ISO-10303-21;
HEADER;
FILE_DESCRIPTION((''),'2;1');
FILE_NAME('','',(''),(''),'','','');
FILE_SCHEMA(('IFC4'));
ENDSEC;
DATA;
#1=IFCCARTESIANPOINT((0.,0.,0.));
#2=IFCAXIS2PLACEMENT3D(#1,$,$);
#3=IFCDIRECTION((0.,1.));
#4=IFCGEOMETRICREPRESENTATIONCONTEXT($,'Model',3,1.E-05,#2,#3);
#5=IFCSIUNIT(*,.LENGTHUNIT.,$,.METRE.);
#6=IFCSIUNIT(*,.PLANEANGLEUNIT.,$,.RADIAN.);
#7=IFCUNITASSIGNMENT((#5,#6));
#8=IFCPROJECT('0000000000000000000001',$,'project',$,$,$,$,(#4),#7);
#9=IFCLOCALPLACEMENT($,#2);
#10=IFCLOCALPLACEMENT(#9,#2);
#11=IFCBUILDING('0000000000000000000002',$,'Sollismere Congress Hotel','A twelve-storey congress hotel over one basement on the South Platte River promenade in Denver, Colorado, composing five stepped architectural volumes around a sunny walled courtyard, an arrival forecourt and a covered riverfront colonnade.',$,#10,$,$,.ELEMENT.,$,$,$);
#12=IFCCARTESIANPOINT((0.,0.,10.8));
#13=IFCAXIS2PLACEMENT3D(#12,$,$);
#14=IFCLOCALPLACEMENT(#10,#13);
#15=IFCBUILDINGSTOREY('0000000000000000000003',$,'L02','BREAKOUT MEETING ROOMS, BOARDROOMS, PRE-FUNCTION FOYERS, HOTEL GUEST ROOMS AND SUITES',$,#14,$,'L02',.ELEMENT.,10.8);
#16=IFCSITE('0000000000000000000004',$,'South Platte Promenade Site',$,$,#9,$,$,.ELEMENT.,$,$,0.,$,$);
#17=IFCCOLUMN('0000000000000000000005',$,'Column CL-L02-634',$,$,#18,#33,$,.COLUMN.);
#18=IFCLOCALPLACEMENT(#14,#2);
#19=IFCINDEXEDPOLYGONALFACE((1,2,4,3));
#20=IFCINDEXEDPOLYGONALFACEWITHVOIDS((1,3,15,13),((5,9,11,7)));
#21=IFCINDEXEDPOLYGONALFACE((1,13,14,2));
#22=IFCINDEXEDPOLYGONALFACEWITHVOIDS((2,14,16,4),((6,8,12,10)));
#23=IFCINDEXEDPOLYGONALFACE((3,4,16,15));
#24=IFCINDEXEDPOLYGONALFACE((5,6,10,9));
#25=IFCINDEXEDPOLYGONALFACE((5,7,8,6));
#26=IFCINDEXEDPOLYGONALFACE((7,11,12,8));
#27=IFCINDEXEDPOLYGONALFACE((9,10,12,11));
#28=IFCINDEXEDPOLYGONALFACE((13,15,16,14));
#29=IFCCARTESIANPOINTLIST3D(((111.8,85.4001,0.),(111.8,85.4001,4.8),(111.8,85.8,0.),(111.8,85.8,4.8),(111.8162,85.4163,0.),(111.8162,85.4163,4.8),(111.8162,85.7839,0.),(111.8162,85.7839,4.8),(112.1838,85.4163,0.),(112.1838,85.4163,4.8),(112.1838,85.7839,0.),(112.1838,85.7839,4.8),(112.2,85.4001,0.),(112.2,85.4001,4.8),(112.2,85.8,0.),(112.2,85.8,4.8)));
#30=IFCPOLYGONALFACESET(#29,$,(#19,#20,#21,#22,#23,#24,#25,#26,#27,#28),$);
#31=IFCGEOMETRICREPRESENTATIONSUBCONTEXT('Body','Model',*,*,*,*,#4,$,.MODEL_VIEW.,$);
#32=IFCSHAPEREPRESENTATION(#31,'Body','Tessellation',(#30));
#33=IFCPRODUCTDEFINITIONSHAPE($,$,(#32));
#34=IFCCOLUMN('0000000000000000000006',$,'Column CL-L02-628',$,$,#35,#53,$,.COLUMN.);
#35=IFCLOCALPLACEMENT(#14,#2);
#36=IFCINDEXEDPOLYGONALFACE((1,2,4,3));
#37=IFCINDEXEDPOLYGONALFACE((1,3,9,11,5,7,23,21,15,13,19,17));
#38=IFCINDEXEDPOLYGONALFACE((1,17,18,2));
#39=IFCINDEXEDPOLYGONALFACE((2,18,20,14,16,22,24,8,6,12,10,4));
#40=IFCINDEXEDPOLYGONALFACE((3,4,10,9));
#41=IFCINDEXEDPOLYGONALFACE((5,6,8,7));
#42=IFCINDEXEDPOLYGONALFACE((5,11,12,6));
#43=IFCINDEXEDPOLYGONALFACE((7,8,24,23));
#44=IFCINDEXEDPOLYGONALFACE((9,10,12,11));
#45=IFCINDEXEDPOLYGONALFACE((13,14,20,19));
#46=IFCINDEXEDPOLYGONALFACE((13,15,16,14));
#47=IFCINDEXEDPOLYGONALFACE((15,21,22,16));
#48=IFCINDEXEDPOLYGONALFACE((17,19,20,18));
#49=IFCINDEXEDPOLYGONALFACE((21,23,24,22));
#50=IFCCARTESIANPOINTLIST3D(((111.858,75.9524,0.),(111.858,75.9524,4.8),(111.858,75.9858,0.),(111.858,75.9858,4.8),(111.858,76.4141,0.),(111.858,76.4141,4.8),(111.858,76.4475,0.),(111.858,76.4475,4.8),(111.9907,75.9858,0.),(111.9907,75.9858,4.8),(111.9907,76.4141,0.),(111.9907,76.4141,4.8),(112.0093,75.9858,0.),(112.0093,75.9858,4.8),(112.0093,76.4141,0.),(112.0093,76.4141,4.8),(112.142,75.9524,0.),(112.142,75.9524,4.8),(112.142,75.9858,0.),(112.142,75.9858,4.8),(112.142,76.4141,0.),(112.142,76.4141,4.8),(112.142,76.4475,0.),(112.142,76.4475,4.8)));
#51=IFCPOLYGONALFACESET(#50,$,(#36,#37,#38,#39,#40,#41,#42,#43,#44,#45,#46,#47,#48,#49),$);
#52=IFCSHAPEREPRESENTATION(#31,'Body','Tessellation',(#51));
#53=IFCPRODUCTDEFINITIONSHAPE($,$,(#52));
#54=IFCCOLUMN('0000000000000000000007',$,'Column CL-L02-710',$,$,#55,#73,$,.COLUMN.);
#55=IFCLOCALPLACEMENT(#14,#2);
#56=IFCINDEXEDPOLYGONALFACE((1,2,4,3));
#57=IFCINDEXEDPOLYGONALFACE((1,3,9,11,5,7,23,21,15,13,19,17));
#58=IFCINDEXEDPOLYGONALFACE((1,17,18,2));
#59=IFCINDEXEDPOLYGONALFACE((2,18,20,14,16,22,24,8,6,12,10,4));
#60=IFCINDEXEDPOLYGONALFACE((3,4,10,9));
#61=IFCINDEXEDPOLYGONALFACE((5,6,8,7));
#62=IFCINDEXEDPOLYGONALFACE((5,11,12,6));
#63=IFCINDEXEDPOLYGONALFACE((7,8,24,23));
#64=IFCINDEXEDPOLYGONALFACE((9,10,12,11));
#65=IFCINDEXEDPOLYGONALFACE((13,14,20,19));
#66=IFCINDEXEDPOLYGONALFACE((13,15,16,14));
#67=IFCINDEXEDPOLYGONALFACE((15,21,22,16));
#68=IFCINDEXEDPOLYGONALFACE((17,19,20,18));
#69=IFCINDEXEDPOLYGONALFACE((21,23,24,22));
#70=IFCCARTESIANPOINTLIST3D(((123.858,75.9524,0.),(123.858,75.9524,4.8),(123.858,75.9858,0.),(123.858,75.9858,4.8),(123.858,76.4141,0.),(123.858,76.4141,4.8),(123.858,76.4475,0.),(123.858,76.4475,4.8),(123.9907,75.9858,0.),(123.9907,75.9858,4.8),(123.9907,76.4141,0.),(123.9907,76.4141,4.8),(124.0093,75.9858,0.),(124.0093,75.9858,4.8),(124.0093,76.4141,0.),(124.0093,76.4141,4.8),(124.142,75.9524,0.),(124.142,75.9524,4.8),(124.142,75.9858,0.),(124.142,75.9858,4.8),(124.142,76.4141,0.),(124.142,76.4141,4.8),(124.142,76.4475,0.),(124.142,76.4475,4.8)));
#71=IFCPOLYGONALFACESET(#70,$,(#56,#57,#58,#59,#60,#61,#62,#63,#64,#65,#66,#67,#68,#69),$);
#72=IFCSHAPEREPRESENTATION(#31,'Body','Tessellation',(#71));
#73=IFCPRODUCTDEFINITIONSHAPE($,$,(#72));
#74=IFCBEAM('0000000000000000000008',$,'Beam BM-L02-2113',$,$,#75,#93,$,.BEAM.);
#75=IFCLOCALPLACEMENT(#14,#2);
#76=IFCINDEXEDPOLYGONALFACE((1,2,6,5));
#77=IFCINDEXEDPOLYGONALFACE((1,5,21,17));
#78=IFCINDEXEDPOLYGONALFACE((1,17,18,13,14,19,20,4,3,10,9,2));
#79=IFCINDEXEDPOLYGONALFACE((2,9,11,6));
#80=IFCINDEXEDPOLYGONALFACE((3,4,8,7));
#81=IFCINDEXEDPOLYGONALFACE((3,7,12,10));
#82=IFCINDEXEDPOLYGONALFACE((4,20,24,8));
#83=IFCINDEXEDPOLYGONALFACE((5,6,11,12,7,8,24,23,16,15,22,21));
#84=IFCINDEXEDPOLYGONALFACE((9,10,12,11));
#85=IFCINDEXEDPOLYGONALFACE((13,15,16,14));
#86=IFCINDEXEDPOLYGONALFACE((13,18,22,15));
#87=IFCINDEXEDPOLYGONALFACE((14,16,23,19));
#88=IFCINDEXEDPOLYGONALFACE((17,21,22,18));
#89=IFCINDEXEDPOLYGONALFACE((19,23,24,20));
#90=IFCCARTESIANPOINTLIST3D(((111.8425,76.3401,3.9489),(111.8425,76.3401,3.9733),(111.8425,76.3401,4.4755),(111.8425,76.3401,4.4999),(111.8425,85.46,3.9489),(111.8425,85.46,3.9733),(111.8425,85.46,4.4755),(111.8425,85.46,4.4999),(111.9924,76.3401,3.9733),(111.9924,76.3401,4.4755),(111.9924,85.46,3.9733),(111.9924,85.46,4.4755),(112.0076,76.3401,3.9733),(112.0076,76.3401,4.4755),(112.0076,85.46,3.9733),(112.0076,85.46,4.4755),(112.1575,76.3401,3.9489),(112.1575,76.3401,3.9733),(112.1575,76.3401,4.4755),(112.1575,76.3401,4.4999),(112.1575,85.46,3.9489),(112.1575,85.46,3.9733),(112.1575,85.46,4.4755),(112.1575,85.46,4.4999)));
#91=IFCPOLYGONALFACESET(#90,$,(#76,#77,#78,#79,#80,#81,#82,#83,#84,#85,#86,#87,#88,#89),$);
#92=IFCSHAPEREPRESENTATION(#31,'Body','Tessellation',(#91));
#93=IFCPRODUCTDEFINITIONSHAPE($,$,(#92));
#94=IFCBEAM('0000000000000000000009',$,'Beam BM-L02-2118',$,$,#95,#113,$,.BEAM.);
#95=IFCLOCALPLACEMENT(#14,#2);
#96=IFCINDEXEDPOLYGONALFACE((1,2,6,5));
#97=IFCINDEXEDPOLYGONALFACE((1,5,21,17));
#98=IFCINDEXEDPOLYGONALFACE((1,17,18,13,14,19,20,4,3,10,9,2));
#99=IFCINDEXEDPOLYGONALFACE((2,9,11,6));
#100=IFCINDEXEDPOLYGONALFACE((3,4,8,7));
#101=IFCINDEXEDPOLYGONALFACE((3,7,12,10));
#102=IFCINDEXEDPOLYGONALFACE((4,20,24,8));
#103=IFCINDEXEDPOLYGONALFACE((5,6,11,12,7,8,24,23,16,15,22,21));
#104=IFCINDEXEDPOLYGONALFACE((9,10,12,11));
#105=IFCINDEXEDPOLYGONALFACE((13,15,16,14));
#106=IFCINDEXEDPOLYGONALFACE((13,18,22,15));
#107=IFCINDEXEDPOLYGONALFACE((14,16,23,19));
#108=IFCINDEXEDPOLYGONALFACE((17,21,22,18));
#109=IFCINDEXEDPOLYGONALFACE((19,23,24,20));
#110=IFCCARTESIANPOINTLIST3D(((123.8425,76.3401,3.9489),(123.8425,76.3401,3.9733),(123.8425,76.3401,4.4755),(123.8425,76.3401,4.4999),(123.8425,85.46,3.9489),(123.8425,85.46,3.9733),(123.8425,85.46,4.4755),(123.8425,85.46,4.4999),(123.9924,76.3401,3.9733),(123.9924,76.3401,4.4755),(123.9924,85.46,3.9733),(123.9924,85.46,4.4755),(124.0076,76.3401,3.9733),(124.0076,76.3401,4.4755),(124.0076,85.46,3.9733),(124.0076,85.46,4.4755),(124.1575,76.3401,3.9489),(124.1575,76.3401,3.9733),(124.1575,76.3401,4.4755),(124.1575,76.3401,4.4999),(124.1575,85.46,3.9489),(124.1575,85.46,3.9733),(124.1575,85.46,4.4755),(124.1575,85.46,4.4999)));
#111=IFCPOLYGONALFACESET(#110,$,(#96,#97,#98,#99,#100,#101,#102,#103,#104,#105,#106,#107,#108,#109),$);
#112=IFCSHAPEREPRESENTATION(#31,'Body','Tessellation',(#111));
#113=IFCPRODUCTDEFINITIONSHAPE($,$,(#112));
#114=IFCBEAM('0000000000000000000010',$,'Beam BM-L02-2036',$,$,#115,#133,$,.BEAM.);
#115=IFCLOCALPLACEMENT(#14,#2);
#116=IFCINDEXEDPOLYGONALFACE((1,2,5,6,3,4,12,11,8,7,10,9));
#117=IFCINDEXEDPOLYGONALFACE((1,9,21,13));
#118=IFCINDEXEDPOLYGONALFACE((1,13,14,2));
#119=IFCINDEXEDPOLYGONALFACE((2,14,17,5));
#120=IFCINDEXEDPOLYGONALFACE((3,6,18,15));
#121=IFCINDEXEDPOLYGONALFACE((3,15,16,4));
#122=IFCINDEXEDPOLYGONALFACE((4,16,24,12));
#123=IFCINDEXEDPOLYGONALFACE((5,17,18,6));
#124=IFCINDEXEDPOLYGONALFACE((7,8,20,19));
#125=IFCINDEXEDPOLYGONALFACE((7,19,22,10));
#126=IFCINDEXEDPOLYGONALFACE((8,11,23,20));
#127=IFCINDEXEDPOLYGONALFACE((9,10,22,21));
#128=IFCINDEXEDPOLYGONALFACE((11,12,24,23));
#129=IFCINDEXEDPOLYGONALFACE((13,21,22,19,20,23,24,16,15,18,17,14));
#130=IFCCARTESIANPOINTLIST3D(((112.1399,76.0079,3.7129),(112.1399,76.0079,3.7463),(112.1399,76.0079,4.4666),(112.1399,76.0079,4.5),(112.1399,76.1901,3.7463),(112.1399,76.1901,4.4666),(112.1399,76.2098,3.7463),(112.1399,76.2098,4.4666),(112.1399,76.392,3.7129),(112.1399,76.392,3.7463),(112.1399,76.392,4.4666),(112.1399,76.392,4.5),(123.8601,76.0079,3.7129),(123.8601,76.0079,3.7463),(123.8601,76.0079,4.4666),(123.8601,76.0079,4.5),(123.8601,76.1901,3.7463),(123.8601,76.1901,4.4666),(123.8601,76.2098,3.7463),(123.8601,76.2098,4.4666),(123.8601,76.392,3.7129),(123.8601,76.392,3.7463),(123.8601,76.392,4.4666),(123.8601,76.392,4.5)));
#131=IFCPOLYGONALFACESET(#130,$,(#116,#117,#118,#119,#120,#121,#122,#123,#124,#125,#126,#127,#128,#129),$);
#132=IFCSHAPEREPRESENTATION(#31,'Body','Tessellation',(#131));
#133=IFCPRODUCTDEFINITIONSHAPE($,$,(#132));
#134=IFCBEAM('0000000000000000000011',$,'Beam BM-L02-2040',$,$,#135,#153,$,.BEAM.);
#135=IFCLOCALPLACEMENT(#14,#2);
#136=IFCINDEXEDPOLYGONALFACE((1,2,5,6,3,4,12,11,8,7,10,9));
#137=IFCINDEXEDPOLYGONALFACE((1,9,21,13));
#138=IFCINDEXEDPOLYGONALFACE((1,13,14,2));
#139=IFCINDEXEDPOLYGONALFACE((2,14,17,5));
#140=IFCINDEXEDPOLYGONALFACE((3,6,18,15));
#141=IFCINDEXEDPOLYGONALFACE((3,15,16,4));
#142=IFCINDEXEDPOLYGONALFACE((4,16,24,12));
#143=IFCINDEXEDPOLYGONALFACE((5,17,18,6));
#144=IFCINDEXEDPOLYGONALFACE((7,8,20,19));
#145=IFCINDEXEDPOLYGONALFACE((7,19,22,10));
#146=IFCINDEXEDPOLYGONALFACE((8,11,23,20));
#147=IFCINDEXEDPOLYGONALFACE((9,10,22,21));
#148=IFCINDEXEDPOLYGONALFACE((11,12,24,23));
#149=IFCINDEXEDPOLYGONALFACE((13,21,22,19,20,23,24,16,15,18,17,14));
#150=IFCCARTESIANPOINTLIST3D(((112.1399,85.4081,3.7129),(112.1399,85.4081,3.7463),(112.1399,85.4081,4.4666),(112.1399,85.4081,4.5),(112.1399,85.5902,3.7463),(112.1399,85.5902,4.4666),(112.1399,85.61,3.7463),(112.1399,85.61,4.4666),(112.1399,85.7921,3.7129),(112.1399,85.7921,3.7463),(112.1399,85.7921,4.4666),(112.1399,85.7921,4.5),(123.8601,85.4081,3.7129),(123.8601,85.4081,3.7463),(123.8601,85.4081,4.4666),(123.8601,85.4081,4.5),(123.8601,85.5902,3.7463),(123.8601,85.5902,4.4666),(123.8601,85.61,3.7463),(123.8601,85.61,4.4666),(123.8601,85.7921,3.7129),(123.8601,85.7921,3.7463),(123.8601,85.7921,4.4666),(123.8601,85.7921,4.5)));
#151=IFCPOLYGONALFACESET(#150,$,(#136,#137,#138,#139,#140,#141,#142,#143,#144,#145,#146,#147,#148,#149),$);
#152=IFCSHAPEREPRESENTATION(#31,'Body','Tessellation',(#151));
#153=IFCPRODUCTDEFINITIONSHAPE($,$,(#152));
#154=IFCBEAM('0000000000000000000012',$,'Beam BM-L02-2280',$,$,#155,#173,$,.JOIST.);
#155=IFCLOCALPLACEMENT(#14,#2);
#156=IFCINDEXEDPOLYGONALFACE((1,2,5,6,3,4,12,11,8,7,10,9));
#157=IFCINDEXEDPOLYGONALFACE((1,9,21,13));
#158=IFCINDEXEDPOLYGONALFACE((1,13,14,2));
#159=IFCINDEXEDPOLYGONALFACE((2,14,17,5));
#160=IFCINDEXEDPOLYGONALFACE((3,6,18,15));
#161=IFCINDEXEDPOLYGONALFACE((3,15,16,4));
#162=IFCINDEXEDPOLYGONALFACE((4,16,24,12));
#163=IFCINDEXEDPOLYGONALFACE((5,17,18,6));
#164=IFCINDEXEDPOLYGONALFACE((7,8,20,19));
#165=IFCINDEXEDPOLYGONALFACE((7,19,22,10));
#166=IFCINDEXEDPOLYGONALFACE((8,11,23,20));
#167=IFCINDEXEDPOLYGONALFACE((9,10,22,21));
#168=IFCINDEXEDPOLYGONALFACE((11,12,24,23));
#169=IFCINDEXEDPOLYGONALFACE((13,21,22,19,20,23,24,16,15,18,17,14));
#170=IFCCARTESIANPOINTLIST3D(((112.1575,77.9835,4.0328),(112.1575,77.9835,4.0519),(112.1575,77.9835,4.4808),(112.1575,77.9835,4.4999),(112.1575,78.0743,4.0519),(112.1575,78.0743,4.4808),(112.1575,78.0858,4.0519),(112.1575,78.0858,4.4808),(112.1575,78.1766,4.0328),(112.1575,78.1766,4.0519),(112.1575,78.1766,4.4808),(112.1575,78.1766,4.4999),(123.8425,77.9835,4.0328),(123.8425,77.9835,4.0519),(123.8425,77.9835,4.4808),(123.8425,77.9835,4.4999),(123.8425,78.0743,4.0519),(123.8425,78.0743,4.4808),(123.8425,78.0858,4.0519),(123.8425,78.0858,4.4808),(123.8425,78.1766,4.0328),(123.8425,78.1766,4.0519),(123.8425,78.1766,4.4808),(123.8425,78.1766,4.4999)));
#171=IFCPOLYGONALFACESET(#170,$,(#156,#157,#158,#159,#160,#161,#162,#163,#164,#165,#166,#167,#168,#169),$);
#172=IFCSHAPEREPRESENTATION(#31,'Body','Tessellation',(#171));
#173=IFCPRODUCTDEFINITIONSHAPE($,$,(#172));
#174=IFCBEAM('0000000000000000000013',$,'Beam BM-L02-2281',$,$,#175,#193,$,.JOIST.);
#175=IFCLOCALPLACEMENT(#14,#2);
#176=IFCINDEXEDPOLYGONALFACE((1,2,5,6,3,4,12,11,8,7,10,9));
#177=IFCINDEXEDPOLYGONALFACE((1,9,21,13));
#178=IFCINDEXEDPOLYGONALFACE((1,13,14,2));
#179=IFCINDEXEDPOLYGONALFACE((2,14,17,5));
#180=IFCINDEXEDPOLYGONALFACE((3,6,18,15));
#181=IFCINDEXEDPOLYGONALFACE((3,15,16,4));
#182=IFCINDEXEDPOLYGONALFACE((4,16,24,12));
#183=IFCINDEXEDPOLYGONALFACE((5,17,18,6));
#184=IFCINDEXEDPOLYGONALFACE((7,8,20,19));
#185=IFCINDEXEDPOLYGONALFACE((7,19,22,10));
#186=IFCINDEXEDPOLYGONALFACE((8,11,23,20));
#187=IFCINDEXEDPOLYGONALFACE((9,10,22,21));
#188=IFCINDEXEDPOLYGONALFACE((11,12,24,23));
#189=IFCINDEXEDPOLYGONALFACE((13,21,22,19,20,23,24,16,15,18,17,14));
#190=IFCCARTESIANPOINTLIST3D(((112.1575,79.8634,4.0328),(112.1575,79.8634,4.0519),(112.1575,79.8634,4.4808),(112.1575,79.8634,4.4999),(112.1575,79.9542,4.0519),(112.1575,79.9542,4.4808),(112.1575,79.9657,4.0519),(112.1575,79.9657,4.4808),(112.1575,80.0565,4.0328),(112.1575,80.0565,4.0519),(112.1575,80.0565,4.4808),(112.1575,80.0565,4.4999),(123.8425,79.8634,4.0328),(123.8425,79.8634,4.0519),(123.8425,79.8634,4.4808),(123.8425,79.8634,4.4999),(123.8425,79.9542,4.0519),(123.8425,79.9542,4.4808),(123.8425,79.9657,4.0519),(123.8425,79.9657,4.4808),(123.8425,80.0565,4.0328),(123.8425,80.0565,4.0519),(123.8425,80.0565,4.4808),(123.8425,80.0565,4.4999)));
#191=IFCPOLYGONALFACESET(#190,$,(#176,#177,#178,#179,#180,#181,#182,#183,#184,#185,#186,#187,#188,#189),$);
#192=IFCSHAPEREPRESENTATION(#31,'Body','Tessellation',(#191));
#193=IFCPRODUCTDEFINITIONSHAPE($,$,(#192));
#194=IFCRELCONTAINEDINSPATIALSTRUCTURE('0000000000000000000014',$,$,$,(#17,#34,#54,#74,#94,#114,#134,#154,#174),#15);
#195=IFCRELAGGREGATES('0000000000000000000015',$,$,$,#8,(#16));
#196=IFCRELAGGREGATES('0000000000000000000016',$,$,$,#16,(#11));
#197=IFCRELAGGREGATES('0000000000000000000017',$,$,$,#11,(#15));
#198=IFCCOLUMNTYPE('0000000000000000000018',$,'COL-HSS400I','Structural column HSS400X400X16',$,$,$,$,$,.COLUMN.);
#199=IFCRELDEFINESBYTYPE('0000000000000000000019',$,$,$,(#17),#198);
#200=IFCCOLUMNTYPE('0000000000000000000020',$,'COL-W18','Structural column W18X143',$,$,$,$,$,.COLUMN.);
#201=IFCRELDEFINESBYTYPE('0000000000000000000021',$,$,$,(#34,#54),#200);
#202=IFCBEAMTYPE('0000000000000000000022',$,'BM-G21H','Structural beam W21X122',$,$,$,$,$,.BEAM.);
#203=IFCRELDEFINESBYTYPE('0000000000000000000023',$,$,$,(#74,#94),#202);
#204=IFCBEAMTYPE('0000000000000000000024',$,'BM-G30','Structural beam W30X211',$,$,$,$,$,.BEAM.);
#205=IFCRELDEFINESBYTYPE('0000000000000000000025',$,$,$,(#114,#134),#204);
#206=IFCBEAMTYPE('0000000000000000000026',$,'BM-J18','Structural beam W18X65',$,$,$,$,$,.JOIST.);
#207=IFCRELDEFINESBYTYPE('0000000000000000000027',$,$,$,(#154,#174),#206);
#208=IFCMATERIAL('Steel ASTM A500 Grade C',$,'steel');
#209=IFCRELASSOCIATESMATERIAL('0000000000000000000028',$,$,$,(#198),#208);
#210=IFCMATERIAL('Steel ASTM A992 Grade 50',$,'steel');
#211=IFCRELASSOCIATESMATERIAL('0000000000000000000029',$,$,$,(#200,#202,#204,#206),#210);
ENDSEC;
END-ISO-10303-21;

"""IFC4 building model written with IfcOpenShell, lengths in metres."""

from ifc_helpers import new_model, si_unit, direction, frame, origin, origin_2d, place, context, subcontext, project, spatial, hollow_rectangle, i_section, extrude, material, material_profile, profile_set, type_object, element, save


model = new_model("IFC4")

# Units and contexts
model_context = context("Model", 3, precision=1e-05, world=origin(), true_north=direction((0.0, 1.0)))
body_context = subcontext(model_context, "Body", "Model", "MODEL_VIEW")
ifc_project = project(units=[si_unit("LENGTHUNIT", "METRE"), si_unit("PLANEANGLEUNIT", "RADIAN")], contexts=[model_context])

# Site, building, storey
site_placement = place(None, origin())
site = spatial("IfcSite", under=ifc_project, at=site_placement, Name="South Platte Promenade Site", CompositionType="ELEMENT", RefElevation=0.0)
building_placement = place(site_placement, origin())
building = spatial("IfcBuilding", under=site, at=building_placement, Name="Sollismere Congress Hotel", Description="A twelve-storey congress hotel over one basement on the South Platte River promenade in Denver, Colorado, composing five stepped architectural volumes around a sunny walled courtyard, an arrival forecourt and a covered riverfront colonnade.", CompositionType="ELEMENT")
storey_placement = place(building_placement, frame((0.0, 0.0, 10.8)))
storey = spatial("IfcBuildingStorey", under=building, at=storey_placement, Name="L02", Description="BREAKOUT MEETING ROOMS, BOARDROOMS, PRE-FUNCTION FOYERS, HOTEL GUEST ROOMS AND SUITES", LongName="L02", CompositionType="ELEMENT", Elevation=10.8)

# Columns
ifc_material_1 = material(Name="Steel ASTM A500 Grade C", Category="steel")
ifc_material_profile_1 = material_profile(ifc_material_1, hollow_rectangle(XDim=0.3999, YDim=0.3999, WallThickness=0.0161, at=origin_2d()), Name="HSS400X400X16")
ifc_profile_set_1 = profile_set([ifc_material_profile_1], Name="Steel ASTM A500 Grade C")
column_type_1 = type_object("IfcColumnType", Name="COL-HSS400I", Description="Structural column HSS400X400X16", PredefinedType="COLUMN", material=ifc_profile_set_1)
column_placement = place(storey_placement, frame((112.0, 85.6001, 0.0), z_axis=(0.0, 0.0, 1.0), x_axis=(1.0, 0.0, 0.0)))
element("IfcColumn", 1, at=column_placement, inside=storey, type_object=column_type_1, Name="Column CL-L02-634", PredefinedType="COLUMN", context=body_context, shape_type="SweptSolid", body=[
    extrude(hollow_rectangle(XDim=0.3999, YDim=0.3999, WallThickness=0.0161, at=origin_2d()), origin(), (0.0, 0.0, 1.0), 4.8),
])
ifc_material_2 = material(Name="Steel ASTM A992 Grade 50", Category="steel")
ifc_material_profile_2 = material_profile(ifc_material_2, i_section(OverallWidth=0.2839, OverallDepth=0.4951, WebThickness=0.0186, FlangeThickness=0.0334, at=origin_2d()), Name="W18X143")
ifc_profile_set_2 = profile_set([ifc_material_profile_2], Name="Steel ASTM A992 Grade 50")
column_type_2 = type_object("IfcColumnType", Name="COL-W18", Description="Structural column W18X143", PredefinedType="COLUMN", material=ifc_profile_set_2)
for number, where, z_axis, x_axis, name in (
    (2, (112.0, 76.2, 0.0), (0.0, 0.0, 1.0), (1.0, 0.0, 0.0), "Column CL-L02-628"),
    (3, (124.0, 76.2, 0.0), (0.0, 0.0, 1.0), (1.0, 0.0, 0.0), "Column CL-L02-710"),
):
    element("IfcColumn", number, at=place(storey_placement, frame(where, z_axis=z_axis, x_axis=x_axis)), inside=storey, type_object=column_type_2, Name=name, PredefinedType="COLUMN", context=body_context, shape_type="SweptSolid", body=[
        extrude(i_section(OverallWidth=0.2839, OverallDepth=0.4951, WebThickness=0.0186, FlangeThickness=0.0334, at=origin_2d()), origin(), (0.0, 0.0, 1.0), 4.8),
    ])

# Beams
ifc_material_profile_3 = material_profile(ifc_material_2, i_section(OverallWidth=0.3149, OverallDepth=0.551, WebThickness=0.0151, FlangeThickness=0.0244, at=origin_2d()), Name="W21X122")
ifc_profile_set_3 = profile_set([ifc_material_profile_3], Name="Steel ASTM A992 Grade 50")
beam_type_1 = type_object("IfcBeamType", Name="BM-G21H", Description="Structural beam W21X122", PredefinedType="BEAM", material=ifc_profile_set_3)
for number, where, z_axis, x_axis, name in (
    (4, (112.0, 76.3401, 4.2244), (0.0, 1.0, 0.0), (-1.0, 0.0, 0.0), "Beam BM-L02-2113"),
    (5, (124.0, 76.3401, 4.2244), (0.0, 1.0, 0.0), (-1.0, 0.0, 0.0), "Beam BM-L02-2118"),
):
    element("IfcBeam", number, at=place(storey_placement, frame(where, z_axis=z_axis, x_axis=x_axis)), inside=storey, type_object=beam_type_1, Name=name, PredefinedType="BEAM", context=body_context, shape_type="SweptSolid", body=[
        extrude(i_section(OverallWidth=0.3149, OverallDepth=0.551, WebThickness=0.0151, FlangeThickness=0.0244, at=origin_2d()), origin(), (0.0, 0.0, 1.0), 9.1199),
    ])
ifc_material_profile_4 = material_profile(ifc_material_2, i_section(OverallWidth=0.384, OverallDepth=0.7871, WebThickness=0.0198, FlangeThickness=0.0334, at=origin_2d()), Name="W30X211")
ifc_profile_set_4 = profile_set([ifc_material_profile_4], Name="Steel ASTM A992 Grade 50")
beam_type_2 = type_object("IfcBeamType", Name="BM-G30", Description="Structural beam W30X211", PredefinedType="BEAM", material=ifc_profile_set_4)
for number, where, z_axis, x_axis, name in (
    (6, (112.1399, 76.2, 4.1064), (1.0, 0.0, 0.0), (0.0, 1.0, 0.0), "Beam BM-L02-2036"),
    (7, (112.1399, 85.6001, 4.1064), (1.0, 0.0, 0.0), (0.0, 1.0, 0.0), "Beam BM-L02-2040"),
):
    element("IfcBeam", number, at=place(storey_placement, frame(where, z_axis=z_axis, x_axis=x_axis)), inside=storey, type_object=beam_type_2, Name=name, PredefinedType="BEAM", context=body_context, shape_type="SweptSolid", body=[
        extrude(i_section(OverallWidth=0.384, OverallDepth=0.7871, WebThickness=0.0198, FlangeThickness=0.0334, at=origin_2d()), origin(), (0.0, 0.0, 1.0), 11.7202),
    ])
ifc_material_profile_5 = material_profile(ifc_material_2, i_section(OverallWidth=0.1931, OverallDepth=0.467, WebThickness=0.0115, FlangeThickness=0.019, at=origin_2d()), Name="W18X65")
ifc_profile_set_5 = profile_set([ifc_material_profile_5], Name="Steel ASTM A992 Grade 50")
beam_type_3 = type_object("IfcBeamType", Name="BM-J18", Description="Structural beam W18X65", PredefinedType="JOIST", material=ifc_profile_set_5)
for number, where, z_axis, x_axis, name in (
    (8, (112.1575, 78.0801, 4.2664), (1.0, 0.0, 0.0), (0.0, 1.0, 0.0), "Beam BM-L02-2280"),
    (9, (112.1575, 79.96, 4.2664), (1.0, 0.0, 0.0), (0.0, 1.0, 0.0), "Beam BM-L02-2281"),
):
    element("IfcBeam", number, at=place(storey_placement, frame(where, z_axis=z_axis, x_axis=x_axis)), inside=storey, type_object=beam_type_3, Name=name, PredefinedType="JOIST", context=body_context, shape_type="SweptSolid", body=[
        extrude(i_section(OverallWidth=0.1931, OverallDepth=0.467, WebThickness=0.0115, FlangeThickness=0.019, at=origin_2d()), origin(), (0.0, 0.0, 1.0), 11.6851),
    ])

save(model, "model.ifc")
